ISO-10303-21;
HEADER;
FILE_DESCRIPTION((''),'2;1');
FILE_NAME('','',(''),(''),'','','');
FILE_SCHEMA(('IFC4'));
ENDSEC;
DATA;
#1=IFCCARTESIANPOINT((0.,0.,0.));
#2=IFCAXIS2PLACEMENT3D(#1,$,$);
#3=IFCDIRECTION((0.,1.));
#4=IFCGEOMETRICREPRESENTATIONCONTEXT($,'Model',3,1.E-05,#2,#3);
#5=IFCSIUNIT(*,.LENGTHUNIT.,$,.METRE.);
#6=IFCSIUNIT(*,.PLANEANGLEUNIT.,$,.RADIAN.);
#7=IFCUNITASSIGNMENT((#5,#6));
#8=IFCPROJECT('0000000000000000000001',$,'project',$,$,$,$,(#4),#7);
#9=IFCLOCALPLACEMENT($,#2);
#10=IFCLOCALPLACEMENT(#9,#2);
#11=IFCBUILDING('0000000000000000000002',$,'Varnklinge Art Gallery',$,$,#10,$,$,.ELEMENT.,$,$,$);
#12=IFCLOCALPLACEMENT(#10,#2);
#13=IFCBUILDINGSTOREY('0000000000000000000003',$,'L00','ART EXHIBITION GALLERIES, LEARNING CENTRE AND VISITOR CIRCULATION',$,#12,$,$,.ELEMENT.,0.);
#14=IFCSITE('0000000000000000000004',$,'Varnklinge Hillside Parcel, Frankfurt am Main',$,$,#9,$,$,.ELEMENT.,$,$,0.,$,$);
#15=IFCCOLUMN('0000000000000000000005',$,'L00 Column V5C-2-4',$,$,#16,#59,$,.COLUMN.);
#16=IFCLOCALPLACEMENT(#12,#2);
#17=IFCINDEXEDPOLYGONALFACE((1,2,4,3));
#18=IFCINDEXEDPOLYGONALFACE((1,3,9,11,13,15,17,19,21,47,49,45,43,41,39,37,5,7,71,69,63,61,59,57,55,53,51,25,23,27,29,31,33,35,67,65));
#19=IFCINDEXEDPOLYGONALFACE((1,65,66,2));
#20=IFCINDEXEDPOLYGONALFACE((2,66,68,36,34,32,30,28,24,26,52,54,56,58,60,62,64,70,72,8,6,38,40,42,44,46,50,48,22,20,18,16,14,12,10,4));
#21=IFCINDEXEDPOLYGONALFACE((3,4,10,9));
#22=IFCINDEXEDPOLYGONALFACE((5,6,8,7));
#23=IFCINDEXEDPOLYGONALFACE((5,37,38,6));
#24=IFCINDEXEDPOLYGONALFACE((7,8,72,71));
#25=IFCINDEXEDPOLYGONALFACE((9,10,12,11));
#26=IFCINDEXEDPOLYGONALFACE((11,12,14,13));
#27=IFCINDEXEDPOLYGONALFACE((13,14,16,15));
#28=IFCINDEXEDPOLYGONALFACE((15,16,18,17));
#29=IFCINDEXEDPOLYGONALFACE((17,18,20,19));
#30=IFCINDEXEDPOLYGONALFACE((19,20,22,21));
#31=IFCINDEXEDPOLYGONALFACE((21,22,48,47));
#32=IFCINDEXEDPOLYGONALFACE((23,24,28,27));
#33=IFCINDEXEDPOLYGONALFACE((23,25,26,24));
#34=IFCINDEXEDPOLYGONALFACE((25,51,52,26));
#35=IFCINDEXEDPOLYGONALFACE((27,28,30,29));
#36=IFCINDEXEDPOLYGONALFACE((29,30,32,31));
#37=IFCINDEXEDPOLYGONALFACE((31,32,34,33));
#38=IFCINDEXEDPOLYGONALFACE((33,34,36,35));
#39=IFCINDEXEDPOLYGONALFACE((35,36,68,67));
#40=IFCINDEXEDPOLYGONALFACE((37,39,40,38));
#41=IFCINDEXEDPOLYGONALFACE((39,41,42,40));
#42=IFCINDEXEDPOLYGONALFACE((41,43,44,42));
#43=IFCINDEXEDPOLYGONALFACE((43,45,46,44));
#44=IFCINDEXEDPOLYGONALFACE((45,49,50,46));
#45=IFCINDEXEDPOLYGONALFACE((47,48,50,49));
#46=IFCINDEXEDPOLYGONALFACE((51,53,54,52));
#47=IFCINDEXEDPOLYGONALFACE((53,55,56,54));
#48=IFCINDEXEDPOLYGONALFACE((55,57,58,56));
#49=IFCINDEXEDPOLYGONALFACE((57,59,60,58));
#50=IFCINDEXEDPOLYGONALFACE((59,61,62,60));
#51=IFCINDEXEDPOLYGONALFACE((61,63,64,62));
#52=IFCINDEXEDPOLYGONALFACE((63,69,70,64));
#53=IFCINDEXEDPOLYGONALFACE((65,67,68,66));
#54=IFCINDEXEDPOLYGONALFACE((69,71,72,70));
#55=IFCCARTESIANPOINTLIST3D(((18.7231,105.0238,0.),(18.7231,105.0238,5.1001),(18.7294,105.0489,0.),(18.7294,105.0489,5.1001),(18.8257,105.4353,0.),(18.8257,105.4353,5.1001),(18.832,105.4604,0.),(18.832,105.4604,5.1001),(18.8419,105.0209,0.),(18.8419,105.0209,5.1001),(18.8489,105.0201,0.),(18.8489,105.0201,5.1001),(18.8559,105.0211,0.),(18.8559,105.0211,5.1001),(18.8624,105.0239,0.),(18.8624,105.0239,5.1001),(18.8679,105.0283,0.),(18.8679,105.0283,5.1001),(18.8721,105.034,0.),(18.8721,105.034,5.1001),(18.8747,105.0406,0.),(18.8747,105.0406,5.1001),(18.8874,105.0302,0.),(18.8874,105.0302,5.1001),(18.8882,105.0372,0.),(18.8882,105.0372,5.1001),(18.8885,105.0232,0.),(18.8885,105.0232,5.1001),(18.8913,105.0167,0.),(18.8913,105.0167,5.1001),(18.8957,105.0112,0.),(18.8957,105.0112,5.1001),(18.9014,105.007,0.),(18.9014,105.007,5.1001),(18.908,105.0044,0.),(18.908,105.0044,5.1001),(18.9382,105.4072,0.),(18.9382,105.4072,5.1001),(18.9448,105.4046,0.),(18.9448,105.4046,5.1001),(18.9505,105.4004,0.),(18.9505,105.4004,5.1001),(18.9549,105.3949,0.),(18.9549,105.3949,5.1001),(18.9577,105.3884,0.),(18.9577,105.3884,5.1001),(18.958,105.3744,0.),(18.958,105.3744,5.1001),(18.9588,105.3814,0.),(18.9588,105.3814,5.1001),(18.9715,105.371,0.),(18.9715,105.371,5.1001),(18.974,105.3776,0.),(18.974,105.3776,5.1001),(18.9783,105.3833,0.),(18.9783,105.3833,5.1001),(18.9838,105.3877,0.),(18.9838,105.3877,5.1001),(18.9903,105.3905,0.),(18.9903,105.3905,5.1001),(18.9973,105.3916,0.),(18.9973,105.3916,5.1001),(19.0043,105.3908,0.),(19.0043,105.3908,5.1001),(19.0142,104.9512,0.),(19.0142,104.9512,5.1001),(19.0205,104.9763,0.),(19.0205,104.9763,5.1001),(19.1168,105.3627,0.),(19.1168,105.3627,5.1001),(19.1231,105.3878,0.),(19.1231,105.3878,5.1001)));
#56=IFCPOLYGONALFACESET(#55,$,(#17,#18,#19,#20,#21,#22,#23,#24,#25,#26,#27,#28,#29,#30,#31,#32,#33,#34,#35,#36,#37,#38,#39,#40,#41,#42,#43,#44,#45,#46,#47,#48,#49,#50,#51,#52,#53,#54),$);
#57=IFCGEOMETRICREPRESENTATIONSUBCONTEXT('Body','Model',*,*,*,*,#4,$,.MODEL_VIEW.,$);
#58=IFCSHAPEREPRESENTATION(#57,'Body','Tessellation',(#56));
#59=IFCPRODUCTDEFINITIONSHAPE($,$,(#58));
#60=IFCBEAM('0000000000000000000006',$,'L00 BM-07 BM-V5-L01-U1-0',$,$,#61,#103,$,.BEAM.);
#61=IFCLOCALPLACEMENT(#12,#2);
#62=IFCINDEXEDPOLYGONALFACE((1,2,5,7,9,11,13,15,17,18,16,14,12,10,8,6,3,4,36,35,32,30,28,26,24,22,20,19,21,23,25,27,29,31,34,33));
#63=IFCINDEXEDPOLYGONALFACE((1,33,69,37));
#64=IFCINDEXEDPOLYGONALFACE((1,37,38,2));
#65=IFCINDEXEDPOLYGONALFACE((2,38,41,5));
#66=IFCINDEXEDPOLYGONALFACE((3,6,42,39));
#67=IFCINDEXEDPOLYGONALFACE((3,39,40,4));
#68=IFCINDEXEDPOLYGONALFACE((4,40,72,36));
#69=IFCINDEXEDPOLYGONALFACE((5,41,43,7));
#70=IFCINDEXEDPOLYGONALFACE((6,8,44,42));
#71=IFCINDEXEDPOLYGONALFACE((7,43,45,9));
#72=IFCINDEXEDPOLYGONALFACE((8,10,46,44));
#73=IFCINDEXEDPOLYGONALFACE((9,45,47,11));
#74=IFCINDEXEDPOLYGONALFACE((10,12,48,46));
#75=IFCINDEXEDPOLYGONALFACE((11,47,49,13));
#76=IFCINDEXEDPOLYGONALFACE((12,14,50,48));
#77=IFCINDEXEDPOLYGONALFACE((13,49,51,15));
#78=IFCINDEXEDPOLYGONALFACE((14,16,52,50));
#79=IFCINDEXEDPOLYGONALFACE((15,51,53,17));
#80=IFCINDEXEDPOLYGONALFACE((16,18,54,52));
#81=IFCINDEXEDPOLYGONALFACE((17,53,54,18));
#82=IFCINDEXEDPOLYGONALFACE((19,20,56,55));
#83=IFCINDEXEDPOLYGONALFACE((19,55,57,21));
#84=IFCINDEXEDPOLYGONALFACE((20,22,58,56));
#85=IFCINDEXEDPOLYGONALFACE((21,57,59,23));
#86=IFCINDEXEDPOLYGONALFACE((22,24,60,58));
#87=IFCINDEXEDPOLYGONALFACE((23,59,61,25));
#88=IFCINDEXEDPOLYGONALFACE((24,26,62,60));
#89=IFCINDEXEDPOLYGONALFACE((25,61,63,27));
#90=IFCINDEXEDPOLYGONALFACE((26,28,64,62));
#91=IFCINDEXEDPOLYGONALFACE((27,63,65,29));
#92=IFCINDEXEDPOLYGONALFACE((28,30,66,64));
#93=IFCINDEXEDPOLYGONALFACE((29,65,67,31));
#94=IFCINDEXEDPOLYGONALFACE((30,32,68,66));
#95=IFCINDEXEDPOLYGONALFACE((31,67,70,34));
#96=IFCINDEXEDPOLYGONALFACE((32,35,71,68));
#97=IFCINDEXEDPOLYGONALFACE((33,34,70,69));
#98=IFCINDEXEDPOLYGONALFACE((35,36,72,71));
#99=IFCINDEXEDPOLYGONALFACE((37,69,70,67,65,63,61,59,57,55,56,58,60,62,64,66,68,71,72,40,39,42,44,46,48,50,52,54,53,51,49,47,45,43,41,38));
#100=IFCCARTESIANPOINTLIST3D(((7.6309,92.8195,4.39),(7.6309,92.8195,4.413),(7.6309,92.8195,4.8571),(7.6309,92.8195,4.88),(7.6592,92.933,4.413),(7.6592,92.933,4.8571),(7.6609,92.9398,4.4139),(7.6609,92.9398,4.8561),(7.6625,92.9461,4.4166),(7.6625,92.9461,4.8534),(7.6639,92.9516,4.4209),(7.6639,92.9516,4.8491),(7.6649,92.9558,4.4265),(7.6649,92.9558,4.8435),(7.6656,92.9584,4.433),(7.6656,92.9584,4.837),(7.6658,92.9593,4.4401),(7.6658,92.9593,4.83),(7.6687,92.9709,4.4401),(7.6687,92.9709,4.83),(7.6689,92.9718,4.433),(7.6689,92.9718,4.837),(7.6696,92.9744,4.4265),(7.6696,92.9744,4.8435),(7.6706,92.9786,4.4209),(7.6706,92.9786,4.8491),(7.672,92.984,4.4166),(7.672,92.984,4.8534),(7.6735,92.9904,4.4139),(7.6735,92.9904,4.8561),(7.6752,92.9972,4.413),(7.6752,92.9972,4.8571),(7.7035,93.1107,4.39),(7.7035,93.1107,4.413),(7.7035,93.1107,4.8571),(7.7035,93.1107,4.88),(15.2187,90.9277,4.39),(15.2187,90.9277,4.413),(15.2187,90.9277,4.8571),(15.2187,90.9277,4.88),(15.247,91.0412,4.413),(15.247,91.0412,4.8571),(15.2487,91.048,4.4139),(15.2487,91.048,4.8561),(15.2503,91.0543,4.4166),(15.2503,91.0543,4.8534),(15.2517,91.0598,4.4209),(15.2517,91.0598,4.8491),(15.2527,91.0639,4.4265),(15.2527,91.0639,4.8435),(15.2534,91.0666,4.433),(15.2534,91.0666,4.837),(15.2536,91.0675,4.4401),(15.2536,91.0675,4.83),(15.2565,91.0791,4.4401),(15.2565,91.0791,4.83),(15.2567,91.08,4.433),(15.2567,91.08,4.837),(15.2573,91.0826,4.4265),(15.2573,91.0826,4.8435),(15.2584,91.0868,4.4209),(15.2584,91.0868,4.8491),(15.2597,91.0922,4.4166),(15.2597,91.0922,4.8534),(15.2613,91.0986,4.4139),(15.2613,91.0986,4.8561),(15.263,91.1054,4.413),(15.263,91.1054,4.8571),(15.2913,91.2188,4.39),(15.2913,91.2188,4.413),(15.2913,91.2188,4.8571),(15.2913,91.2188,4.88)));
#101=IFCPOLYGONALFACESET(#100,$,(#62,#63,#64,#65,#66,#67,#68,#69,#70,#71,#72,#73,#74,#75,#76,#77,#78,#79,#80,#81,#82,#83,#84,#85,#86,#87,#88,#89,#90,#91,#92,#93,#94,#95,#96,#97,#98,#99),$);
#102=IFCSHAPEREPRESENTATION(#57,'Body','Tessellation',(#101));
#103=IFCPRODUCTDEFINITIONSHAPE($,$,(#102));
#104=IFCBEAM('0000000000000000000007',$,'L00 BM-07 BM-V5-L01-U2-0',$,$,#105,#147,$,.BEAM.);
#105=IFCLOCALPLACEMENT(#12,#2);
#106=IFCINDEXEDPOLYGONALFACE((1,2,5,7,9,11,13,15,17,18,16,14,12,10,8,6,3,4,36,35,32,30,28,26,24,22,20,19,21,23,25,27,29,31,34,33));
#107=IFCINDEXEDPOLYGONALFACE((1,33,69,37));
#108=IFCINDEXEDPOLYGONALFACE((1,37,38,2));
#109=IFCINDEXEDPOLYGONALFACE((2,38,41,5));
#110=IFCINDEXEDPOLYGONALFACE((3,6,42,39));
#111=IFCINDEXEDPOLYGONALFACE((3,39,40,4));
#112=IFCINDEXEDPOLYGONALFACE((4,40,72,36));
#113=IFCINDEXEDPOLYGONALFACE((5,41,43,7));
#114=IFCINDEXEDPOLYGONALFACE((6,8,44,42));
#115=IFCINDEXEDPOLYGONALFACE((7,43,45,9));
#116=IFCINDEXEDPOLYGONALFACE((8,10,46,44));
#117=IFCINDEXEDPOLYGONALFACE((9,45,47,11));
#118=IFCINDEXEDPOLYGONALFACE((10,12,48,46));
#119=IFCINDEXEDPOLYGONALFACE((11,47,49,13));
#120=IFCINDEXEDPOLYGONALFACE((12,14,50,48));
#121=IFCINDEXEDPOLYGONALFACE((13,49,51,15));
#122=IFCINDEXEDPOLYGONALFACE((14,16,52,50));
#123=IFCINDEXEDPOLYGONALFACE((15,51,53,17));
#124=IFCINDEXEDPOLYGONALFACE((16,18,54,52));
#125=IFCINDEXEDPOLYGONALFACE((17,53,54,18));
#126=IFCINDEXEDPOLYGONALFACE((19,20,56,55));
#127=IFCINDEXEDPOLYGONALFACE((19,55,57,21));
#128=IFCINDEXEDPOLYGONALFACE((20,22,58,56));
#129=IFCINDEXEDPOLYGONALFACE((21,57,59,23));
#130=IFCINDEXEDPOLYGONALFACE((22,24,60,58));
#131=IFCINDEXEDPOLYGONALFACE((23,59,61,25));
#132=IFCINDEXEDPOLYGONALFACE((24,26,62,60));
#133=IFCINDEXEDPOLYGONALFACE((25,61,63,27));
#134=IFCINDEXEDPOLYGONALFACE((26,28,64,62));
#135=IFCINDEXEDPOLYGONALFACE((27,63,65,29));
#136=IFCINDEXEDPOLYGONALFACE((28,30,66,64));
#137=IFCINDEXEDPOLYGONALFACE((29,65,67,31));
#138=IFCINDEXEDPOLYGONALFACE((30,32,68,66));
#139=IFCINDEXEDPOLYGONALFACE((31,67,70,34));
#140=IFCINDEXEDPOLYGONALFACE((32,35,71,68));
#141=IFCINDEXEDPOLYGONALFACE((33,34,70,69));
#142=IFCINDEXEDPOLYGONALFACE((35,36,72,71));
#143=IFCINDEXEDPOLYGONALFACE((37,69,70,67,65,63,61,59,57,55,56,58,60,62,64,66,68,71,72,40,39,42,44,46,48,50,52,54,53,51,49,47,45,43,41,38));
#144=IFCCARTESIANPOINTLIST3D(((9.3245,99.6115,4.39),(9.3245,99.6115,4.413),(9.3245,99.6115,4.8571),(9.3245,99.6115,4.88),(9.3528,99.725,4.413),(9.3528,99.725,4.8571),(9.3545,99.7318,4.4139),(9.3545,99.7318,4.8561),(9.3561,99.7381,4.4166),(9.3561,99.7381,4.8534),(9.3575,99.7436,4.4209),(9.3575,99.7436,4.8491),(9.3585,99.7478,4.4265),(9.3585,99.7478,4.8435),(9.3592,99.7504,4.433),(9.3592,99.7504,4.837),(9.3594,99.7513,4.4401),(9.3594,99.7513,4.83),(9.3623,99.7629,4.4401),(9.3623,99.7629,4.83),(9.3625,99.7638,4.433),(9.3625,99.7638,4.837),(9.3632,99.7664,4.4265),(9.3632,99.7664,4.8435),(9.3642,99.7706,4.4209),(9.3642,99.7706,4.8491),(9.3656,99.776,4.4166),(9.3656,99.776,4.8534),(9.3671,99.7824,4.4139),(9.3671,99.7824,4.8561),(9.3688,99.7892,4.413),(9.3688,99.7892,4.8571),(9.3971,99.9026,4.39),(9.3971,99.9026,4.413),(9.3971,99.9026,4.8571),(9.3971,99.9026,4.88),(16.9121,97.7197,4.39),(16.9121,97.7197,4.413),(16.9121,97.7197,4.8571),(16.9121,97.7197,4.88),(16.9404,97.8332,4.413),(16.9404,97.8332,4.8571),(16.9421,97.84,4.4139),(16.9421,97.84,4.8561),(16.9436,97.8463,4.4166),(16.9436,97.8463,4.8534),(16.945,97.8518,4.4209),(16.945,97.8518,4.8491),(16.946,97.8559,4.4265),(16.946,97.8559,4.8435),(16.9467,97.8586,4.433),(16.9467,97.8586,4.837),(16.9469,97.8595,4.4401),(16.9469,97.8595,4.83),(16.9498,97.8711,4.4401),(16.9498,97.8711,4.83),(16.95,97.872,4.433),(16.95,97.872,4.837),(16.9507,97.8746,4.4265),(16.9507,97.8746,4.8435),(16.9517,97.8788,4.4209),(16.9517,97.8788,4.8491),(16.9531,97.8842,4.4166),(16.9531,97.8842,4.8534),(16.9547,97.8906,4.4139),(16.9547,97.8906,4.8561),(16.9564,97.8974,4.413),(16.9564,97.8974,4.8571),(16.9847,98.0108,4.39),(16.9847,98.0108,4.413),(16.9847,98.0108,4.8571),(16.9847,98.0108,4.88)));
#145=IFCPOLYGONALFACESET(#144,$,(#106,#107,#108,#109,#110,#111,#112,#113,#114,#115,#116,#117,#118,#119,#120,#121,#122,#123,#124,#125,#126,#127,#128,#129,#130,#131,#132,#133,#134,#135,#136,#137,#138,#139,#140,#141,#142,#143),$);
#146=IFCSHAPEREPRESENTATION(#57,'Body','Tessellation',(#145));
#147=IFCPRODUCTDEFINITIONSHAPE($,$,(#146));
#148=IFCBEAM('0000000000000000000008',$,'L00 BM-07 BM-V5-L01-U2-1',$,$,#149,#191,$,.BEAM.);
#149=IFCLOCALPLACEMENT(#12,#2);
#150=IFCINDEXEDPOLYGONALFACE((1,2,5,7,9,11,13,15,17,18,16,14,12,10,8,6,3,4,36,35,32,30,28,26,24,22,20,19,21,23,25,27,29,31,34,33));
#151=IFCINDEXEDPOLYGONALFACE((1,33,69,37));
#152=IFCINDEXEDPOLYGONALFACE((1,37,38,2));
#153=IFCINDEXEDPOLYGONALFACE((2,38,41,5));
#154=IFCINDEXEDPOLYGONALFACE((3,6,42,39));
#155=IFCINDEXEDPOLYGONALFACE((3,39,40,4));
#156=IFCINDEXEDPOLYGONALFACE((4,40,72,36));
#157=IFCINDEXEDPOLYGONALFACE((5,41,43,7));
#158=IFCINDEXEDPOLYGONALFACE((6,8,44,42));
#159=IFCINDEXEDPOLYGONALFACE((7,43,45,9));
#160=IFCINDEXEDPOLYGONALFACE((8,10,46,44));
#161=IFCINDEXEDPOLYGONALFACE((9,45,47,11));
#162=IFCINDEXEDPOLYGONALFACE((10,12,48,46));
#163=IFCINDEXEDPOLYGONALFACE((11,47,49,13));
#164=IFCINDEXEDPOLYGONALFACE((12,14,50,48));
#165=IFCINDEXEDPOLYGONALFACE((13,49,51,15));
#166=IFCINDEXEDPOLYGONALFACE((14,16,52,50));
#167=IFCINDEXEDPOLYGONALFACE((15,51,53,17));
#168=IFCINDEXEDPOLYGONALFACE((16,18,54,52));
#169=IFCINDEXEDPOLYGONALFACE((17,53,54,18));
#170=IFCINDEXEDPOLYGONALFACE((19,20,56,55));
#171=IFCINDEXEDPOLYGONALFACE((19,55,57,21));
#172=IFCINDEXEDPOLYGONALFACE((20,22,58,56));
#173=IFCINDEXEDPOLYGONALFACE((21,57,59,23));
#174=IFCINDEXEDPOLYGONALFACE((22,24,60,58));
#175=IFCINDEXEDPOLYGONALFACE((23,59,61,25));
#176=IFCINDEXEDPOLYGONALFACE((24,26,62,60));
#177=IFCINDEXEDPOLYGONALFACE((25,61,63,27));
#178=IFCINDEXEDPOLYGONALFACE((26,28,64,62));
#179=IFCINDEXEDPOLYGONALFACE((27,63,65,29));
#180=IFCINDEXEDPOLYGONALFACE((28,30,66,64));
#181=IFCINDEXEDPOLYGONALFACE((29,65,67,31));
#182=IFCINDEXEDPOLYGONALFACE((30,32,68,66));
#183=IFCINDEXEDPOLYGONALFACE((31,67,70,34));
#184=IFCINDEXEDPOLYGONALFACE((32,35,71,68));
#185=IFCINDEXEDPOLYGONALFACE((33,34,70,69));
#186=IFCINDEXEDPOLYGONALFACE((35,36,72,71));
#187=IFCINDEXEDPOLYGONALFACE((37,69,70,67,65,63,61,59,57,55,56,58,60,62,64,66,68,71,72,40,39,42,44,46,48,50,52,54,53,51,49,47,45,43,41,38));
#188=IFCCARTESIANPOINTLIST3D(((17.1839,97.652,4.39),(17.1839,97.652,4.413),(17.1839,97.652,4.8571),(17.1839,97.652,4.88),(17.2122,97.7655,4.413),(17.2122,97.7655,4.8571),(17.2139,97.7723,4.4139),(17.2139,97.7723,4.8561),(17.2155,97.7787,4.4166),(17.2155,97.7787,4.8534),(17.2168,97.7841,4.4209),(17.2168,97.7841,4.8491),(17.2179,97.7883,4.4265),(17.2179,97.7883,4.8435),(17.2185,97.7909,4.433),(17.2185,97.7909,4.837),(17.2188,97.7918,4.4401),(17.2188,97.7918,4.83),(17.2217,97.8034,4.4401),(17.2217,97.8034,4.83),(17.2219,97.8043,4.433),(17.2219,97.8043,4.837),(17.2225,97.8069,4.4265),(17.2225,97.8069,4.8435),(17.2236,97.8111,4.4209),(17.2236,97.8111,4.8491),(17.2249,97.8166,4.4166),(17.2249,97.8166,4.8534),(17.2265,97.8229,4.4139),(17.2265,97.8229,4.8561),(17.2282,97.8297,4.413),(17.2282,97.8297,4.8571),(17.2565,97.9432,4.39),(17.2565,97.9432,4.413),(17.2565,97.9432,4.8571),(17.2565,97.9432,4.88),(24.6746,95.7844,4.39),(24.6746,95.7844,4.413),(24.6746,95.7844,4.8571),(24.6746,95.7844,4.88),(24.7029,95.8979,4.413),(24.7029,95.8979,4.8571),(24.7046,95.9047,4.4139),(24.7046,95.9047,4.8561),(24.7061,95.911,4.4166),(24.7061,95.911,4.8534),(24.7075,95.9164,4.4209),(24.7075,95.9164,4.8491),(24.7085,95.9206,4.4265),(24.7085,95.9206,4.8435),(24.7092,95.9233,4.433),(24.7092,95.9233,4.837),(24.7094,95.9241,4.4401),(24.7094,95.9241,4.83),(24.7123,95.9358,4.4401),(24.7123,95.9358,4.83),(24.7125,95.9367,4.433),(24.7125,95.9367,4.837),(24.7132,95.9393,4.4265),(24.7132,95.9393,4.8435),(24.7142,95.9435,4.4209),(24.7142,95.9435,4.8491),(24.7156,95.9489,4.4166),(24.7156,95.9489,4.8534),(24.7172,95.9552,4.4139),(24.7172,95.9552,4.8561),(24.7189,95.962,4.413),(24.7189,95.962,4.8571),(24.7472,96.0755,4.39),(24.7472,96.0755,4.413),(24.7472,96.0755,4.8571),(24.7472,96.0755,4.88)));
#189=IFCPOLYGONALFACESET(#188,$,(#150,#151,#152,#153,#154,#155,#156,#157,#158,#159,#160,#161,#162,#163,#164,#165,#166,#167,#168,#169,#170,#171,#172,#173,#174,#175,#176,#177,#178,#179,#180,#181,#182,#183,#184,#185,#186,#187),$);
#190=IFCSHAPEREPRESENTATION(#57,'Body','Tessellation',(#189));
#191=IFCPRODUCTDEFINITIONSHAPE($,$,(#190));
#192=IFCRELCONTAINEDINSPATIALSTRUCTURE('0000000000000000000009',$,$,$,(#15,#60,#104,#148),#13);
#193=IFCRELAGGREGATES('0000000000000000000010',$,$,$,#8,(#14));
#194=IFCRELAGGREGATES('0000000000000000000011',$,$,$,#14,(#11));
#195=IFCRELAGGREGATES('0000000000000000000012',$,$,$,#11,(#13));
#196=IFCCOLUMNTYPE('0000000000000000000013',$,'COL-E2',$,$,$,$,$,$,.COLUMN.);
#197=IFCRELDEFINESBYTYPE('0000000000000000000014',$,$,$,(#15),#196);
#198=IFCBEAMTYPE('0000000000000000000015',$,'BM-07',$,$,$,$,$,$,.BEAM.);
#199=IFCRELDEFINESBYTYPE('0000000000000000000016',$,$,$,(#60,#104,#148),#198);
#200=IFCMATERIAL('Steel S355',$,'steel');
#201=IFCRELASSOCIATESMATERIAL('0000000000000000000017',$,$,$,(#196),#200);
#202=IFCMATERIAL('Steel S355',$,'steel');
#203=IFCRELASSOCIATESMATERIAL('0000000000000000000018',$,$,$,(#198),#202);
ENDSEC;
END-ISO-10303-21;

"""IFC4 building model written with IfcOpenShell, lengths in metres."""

from ifc_helpers import new_model, si_unit, direction, frame, origin, origin_2d, place, context, subcontext, project, spatial, i_section, extrude, material, material_profile, profile_set, type_object, element, save


model = new_model("IFC4")

# Units and contexts
model_context = context("Model", 3, precision=1e-05, world=origin(), true_north=direction((0.0, 1.0)))
body_context = subcontext(model_context, "Body", "Model", "MODEL_VIEW")
ifc_project = project(units=[si_unit("LENGTHUNIT", "METRE"), si_unit("PLANEANGLEUNIT", "RADIAN")], contexts=[model_context])

# Site, building, storey
site_placement = place(None, origin())
site = spatial("IfcSite", under=ifc_project, at=site_placement, Name="Varnklinge Hillside Parcel, Frankfurt am Main", CompositionType="ELEMENT", RefElevation=0.0)
building_placement = place(site_placement, origin())
building = spatial("IfcBuilding", under=site, at=building_placement, Name="Varnklinge Art Gallery", CompositionType="ELEMENT")
storey_placement = place(building_placement, origin())
storey = spatial("IfcBuildingStorey", under=building, at=storey_placement, Name="L00", Description="ART EXHIBITION GALLERIES, LEARNING CENTRE AND VISITOR CIRCULATION", CompositionType="ELEMENT", Elevation=0.0)

# Column
ifc_material_1 = material(Name="Steel S355", Category="steel")
ifc_material_profile_1 = material_profile(ifc_material_1, i_section(OverallWidth=0.3, OverallDepth=0.45, WebThickness=0.0139, FlangeThickness=0.0259, FilletRadius=0.0271, at=origin_2d()), Name="HEB 450")
ifc_profile_set_1 = profile_set([ifc_material_profile_1], Name="Steel S355")
column_type_1 = type_object("IfcColumnType", Name="COL-E2", PredefinedType="COLUMN", material=ifc_profile_set_1)
for number, where, z_axis, x_axis, name in (
    (1, (18.9231, 105.2058, 0.0), (0.0, 0.0, 1.0), (0.970296, -0.241922, 0.0), "L00 Column V5C-2-4"),
):
    element("IfcColumn", number, at=place(storey_placement, frame(where, z_axis=z_axis, x_axis=x_axis)), inside=storey, type_object=column_type_1, Name=name, PredefinedType="COLUMN", context=body_context, shape_type="SweptSolid", body=[
        extrude(i_section(OverallWidth=0.3, OverallDepth=0.45, WebThickness=0.0139, FlangeThickness=0.0259, FilletRadius=0.0271, at=origin_2d()), origin(), (0.0, 0.0, 1.0), 5.1001),
    ])

# Beams
ifc_material_2 = material(Name="Steel S355", Category="steel")
ifc_material_profile_2 = material_profile(ifc_material_2, i_section(OverallWidth=0.3, OverallDepth=0.49, WebThickness=0.012, FlangeThickness=0.0229, FilletRadius=0.0271, at=origin_2d()), Name="HEA 500")
ifc_profile_set_2 = profile_set([ifc_material_profile_2], Name="Steel S355")
beam_type_1 = type_object("IfcBeamType", Name="BM-07", PredefinedType="BEAM", material=ifc_profile_set_2)
beam_1_placement = place(storey_placement, frame((7.6672, 92.9651, 4.635), z_axis=(0.970297, -0.241919, 0.0), x_axis=(0.241919, 0.970297, 0.0)))
element("IfcBeam", 2, at=beam_1_placement, inside=storey, type_object=beam_type_1, Name="L00 BM-07 BM-V5-L01-U1-0", PredefinedType="BEAM", context=body_context, shape_type="SweptSolid", body=[
    extrude(i_section(OverallWidth=0.3, OverallDepth=0.49, WebThickness=0.012, FlangeThickness=0.0229, FilletRadius=0.0271, at=origin_2d()), origin(), (0.0, 0.0, 1.0), 7.8201),
])
beam_2_placement = place(storey_placement, frame((9.3608, 99.7571, 4.635), z_axis=(0.970295, -0.241926, 0.0), x_axis=(0.241926, 0.970295, 0.0)))
element("IfcBeam", 3, at=beam_2_placement, inside=storey, type_object=beam_type_1, Name="L00 BM-07 BM-V5-L01-U2-0", PredefinedType="BEAM", context=body_context, shape_type="SweptSolid", body=[
    extrude(i_section(OverallWidth=0.3, OverallDepth=0.49, WebThickness=0.012, FlangeThickness=0.0229, FilletRadius=0.0271, at=origin_2d()), origin(), (0.0, 0.0, 1.0), 7.8198),
])
beam_3_placement = place(storey_placement, frame((17.2202, 97.7976, 4.635), z_axis=(0.970295, -0.241925, 0.0), x_axis=(0.241925, 0.970295, 0.0)))
element("IfcBeam", 4, at=beam_3_placement, inside=storey, type_object=beam_type_1, Name="L00 BM-07 BM-V5-L01-U2-1", PredefinedType="BEAM", context=body_context, shape_type="SweptSolid", body=[
    extrude(i_section(OverallWidth=0.3, OverallDepth=0.49, WebThickness=0.012, FlangeThickness=0.0229, FilletRadius=0.0271, at=origin_2d()), origin(), (0.0, 0.0, 1.0), 7.72),
])

save(model, "model.ifc")
